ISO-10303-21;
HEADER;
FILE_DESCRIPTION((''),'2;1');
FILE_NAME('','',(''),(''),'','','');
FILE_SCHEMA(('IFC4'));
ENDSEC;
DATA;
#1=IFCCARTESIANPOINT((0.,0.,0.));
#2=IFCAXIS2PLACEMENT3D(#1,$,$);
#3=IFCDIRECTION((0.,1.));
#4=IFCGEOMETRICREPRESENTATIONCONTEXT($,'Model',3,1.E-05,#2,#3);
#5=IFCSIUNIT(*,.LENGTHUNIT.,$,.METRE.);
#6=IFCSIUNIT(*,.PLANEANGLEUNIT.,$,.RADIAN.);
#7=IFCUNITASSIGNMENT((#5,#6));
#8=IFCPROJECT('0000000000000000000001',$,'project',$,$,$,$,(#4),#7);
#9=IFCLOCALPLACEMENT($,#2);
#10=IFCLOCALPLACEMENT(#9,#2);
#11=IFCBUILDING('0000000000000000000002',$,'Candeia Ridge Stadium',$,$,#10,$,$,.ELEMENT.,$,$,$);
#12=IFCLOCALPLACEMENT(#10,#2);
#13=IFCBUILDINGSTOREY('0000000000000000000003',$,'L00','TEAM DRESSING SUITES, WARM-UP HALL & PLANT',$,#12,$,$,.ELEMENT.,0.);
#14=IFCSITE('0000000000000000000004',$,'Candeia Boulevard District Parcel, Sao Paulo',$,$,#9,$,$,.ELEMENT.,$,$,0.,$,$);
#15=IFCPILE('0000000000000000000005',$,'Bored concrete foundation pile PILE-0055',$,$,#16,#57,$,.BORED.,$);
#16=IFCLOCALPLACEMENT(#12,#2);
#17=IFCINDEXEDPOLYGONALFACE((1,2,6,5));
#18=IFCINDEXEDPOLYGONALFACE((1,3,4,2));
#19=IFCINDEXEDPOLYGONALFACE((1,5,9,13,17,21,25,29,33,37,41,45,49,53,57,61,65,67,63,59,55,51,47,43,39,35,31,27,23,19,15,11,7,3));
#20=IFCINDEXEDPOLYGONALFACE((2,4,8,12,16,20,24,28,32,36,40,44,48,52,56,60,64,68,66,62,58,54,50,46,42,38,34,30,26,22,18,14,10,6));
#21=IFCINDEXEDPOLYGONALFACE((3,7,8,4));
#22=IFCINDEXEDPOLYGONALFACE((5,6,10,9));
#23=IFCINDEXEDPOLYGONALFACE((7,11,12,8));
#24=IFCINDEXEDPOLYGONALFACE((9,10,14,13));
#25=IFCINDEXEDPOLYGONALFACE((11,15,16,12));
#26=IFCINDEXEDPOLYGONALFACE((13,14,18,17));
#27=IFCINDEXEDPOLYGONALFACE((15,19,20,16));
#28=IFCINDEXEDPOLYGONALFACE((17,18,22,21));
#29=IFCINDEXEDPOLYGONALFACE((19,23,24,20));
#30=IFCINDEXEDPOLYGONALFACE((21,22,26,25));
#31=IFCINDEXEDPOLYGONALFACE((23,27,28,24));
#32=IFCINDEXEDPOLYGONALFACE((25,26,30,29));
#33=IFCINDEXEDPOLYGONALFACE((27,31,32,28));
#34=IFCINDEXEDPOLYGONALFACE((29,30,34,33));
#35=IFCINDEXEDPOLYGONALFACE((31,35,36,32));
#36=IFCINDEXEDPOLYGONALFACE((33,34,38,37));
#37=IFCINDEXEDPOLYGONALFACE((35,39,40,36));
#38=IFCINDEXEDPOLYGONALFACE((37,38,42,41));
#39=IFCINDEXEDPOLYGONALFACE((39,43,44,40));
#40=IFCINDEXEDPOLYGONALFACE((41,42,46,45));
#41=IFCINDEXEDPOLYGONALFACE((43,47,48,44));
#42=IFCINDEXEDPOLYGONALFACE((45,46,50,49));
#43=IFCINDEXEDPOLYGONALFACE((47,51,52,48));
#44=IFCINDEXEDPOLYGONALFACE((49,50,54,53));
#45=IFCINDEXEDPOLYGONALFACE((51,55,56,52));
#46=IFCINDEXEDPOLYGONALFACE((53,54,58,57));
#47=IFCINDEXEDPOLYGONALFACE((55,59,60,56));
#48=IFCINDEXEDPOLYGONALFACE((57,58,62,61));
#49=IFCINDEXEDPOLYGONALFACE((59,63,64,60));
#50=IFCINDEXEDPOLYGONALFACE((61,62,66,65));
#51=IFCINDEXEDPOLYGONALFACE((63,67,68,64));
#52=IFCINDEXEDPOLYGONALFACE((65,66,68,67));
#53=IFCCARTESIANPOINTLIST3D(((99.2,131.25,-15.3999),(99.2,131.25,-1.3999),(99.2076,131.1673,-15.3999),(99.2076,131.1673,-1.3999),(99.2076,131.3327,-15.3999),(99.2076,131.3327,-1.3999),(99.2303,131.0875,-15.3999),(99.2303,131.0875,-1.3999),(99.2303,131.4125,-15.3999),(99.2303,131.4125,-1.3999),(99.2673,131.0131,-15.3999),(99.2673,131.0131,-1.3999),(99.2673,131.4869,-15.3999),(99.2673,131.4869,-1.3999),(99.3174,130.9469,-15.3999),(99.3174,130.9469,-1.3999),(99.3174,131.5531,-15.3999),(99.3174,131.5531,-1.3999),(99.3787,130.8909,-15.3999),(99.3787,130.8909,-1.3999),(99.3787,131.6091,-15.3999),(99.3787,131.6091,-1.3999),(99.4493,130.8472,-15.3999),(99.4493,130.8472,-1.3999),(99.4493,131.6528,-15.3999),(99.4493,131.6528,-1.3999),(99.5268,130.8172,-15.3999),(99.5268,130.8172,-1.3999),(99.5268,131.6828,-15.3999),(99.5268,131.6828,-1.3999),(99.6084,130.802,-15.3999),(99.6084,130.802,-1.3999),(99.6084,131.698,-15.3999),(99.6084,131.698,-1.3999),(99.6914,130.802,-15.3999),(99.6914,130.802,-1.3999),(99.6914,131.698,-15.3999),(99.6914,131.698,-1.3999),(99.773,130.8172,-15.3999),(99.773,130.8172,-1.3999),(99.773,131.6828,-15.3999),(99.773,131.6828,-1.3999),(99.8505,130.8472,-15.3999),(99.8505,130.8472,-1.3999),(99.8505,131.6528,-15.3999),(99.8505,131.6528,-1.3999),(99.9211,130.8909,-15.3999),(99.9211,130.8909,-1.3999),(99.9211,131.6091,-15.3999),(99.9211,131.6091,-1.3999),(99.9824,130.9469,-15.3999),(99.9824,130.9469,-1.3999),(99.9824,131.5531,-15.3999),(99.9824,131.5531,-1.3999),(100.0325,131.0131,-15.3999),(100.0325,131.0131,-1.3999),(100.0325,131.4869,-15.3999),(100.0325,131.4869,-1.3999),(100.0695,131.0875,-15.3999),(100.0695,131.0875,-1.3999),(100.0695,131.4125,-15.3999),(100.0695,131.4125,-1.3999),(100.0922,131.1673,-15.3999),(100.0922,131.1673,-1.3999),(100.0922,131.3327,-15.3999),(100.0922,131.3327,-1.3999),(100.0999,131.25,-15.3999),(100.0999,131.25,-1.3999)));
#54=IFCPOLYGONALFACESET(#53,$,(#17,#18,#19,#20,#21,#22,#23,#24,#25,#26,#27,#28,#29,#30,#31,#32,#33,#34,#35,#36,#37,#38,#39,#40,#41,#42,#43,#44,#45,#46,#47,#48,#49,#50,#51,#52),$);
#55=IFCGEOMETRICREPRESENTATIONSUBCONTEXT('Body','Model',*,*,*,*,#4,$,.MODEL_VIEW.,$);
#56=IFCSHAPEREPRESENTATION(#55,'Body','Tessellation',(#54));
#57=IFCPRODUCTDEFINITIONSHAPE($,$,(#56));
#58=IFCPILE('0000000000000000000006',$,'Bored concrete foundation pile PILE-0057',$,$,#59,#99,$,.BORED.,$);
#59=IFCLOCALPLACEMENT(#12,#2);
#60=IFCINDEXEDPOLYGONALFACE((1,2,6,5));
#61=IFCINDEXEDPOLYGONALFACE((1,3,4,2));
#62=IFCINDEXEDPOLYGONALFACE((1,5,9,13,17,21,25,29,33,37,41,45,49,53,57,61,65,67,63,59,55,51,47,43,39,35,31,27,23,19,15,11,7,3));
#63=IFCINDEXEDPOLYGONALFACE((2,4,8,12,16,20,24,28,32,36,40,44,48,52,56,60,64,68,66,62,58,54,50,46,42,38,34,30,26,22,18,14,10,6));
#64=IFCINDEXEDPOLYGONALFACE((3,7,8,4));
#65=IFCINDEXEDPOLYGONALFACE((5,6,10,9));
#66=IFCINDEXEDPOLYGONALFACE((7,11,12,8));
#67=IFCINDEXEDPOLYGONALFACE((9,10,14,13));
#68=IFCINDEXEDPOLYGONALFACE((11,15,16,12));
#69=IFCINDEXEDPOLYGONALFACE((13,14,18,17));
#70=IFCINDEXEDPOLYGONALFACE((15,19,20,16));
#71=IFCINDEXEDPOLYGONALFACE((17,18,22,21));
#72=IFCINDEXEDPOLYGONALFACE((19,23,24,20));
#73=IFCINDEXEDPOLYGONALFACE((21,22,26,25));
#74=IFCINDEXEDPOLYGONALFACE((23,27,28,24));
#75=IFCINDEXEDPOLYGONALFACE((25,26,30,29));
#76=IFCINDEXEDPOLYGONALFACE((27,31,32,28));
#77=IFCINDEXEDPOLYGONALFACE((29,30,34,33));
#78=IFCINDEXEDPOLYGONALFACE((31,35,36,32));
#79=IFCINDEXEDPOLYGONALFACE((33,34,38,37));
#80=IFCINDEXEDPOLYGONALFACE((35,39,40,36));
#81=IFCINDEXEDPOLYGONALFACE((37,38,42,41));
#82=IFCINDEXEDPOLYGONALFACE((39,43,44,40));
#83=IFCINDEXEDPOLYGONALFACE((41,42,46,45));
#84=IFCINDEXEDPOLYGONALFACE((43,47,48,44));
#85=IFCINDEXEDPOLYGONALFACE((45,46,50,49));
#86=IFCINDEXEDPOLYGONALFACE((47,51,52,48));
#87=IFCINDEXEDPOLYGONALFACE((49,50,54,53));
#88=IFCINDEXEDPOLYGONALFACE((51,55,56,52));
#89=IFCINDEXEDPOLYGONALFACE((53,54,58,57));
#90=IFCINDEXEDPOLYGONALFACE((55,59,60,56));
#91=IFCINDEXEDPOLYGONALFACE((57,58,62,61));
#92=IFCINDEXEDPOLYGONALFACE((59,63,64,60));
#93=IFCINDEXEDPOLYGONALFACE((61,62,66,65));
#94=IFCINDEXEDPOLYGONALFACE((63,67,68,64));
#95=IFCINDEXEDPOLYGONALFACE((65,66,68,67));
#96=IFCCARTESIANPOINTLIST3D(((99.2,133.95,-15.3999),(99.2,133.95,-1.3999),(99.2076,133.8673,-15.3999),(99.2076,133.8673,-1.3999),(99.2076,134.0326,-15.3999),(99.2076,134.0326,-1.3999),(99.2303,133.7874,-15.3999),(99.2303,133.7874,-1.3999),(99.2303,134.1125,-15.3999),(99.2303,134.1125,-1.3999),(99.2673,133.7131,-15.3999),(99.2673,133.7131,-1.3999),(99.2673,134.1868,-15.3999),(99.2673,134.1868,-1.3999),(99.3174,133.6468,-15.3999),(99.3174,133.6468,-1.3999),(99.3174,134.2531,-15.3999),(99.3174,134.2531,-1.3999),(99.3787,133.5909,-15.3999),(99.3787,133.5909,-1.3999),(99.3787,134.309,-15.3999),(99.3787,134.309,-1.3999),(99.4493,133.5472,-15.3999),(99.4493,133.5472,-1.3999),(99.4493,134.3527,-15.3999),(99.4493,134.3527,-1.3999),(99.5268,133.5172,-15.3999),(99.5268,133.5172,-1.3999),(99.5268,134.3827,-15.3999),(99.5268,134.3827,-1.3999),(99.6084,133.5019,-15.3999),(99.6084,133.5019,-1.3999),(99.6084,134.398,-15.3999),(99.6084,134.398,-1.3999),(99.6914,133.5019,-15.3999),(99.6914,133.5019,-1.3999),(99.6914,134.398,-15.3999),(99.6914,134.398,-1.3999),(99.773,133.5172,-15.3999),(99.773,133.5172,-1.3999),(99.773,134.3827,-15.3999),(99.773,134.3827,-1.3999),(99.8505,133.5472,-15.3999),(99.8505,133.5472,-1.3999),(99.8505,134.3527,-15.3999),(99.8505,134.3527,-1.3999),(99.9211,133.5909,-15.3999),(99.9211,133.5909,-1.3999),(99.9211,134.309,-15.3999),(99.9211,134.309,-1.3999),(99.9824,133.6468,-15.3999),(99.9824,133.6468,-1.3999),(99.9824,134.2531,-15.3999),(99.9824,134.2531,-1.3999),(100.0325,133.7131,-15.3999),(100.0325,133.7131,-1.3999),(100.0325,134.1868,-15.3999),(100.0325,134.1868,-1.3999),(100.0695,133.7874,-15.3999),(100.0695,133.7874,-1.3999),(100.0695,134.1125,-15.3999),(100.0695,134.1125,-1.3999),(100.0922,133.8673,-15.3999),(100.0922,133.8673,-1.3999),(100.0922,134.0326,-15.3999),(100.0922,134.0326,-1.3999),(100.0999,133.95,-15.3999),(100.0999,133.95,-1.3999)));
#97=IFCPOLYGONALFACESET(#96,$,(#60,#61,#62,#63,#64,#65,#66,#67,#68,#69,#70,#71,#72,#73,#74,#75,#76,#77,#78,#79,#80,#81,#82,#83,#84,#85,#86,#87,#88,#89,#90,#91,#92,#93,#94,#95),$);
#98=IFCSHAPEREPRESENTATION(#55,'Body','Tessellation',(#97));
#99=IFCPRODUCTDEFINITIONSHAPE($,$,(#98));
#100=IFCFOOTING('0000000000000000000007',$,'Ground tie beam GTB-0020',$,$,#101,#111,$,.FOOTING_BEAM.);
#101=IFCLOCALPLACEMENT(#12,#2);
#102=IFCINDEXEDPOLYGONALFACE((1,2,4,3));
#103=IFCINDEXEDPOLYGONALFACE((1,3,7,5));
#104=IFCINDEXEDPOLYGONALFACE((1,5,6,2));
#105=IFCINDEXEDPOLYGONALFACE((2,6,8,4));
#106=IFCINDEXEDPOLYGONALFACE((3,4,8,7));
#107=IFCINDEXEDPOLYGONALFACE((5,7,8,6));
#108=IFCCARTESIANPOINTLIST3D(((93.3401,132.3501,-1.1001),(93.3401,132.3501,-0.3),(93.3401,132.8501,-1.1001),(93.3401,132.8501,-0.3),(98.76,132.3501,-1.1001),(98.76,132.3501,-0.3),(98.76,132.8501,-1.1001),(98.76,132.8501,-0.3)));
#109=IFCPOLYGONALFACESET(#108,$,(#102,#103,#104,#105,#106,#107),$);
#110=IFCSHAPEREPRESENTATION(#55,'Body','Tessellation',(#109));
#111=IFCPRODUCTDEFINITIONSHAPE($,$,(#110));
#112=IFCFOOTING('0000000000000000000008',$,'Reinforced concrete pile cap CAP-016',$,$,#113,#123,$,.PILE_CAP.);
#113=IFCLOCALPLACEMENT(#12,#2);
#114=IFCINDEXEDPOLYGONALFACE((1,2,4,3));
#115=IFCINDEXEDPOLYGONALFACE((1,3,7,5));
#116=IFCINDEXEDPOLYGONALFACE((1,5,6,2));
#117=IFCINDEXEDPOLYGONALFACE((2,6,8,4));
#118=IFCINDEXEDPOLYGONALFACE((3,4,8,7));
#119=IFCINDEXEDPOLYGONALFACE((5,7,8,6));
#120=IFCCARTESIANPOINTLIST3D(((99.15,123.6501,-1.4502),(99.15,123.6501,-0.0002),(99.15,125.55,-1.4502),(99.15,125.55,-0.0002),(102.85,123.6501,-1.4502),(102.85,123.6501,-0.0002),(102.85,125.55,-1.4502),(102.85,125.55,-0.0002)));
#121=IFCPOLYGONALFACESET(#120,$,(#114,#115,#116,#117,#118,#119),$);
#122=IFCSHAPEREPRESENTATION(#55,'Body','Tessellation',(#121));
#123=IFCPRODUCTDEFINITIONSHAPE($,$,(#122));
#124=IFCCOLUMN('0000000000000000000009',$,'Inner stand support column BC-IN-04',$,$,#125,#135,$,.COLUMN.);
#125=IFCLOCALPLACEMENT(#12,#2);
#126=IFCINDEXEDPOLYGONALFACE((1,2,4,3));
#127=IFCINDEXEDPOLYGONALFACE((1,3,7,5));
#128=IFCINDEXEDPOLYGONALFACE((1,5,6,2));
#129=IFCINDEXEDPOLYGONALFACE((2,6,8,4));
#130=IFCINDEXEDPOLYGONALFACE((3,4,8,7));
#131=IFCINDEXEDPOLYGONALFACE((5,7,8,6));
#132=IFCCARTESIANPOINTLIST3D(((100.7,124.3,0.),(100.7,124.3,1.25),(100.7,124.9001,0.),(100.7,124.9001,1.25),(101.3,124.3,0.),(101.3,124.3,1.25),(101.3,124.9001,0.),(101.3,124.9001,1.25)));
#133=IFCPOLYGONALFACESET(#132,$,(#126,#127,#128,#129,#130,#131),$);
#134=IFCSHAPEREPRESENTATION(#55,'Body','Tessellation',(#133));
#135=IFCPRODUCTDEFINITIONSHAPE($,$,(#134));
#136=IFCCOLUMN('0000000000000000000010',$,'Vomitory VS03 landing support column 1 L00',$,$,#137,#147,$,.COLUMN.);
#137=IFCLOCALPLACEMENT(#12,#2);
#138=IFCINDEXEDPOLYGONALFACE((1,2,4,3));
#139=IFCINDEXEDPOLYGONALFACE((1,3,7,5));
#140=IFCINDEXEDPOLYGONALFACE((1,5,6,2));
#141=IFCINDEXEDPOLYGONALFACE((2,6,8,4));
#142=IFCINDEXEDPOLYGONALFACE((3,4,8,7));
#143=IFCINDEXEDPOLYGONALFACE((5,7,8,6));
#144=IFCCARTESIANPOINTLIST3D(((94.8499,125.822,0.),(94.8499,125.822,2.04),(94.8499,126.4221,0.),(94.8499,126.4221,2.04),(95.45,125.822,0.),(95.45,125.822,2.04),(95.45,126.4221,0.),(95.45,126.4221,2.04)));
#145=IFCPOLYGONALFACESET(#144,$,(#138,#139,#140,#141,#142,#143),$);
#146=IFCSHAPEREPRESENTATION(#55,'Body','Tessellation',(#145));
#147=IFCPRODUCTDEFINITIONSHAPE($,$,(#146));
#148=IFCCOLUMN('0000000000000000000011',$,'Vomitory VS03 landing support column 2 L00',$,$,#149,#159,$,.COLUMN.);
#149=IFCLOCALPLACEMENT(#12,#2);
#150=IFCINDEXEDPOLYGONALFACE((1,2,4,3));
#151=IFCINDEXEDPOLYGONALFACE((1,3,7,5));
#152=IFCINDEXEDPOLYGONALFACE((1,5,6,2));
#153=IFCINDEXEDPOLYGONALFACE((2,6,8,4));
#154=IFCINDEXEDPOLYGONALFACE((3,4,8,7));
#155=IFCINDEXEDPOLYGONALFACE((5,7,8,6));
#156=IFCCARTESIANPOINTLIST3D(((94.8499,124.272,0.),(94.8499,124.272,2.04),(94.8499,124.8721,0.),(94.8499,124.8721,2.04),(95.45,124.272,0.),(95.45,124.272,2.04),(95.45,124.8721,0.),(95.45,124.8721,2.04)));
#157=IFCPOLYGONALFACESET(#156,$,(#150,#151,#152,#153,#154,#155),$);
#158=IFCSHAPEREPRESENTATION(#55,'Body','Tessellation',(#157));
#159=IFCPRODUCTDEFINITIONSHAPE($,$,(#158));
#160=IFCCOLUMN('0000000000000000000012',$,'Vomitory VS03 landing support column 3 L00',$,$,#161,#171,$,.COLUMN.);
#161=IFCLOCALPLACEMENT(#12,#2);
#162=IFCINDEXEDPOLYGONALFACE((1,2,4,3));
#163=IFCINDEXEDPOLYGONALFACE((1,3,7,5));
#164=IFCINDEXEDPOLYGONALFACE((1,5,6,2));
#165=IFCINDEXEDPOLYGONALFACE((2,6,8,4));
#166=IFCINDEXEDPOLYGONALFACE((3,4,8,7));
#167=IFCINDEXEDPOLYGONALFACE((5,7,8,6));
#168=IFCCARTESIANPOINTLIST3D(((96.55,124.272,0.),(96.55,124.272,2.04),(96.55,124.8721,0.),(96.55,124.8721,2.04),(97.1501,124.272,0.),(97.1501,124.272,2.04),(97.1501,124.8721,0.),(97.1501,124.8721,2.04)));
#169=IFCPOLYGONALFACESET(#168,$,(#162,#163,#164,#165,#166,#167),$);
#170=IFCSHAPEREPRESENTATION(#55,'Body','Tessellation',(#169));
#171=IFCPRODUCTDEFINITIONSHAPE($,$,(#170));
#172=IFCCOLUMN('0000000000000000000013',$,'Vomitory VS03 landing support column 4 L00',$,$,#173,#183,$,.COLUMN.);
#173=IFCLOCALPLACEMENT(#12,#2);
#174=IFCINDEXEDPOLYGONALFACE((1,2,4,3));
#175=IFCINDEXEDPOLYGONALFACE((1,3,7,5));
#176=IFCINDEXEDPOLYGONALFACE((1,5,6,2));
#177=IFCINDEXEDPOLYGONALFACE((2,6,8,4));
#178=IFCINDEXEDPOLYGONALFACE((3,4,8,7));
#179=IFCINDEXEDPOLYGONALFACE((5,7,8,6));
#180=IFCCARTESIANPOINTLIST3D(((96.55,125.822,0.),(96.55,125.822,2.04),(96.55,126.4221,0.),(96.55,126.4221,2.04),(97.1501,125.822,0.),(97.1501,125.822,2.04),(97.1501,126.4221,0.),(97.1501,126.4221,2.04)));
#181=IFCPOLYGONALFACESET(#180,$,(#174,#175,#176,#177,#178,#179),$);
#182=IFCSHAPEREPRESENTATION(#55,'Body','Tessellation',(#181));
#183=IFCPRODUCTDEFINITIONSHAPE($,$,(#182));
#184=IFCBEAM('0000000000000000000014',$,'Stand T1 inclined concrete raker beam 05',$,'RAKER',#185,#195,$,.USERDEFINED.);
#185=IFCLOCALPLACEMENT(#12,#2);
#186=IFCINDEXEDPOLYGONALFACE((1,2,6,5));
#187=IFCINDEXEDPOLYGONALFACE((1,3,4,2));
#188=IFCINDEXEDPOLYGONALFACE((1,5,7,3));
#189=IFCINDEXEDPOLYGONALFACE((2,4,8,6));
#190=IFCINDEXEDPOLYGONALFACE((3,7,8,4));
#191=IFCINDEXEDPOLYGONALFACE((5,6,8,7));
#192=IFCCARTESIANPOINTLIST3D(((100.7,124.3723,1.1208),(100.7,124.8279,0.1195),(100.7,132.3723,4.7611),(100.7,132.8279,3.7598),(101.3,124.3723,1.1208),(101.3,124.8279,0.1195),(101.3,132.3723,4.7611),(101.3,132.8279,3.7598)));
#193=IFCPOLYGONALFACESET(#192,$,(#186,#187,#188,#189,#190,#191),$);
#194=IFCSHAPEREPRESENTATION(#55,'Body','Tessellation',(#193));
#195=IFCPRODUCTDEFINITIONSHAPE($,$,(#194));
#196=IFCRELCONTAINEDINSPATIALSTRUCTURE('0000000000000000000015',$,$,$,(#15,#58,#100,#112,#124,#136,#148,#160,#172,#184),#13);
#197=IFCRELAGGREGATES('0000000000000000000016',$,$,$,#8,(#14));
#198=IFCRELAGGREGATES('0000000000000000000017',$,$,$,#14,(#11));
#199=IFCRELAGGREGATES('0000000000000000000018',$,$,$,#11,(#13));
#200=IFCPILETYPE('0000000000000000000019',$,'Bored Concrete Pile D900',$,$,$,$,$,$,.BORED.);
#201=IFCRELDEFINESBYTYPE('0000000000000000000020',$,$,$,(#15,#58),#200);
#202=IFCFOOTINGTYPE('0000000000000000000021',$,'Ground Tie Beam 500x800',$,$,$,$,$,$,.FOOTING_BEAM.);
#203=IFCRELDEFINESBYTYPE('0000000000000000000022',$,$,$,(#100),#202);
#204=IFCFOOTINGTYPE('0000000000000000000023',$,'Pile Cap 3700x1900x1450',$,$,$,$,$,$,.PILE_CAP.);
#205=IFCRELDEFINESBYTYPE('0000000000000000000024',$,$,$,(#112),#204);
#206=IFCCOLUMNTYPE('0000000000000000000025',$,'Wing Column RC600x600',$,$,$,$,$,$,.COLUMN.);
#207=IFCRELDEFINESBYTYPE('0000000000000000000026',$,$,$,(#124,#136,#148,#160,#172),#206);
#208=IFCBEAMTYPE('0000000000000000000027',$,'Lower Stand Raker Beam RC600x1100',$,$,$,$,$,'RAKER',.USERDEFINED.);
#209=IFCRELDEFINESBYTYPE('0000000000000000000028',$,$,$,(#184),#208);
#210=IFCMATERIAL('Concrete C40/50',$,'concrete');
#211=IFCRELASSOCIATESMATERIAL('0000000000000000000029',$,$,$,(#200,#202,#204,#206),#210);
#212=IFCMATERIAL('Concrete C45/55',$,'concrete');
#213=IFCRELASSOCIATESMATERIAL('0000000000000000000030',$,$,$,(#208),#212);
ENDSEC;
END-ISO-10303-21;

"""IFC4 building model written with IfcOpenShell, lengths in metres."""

from ifc_helpers import new_model, si_unit, direction, frame, origin, origin_2d, place, context, subcontext, project, spatial, rectangle, circle, extrude, material, material_profile, profile_set, type_object, element, save


model = new_model("IFC4")

# Units and contexts
model_context = context("Model", 3, precision=1e-05, world=origin(), true_north=direction((0.0, 1.0)))
body_context = subcontext(model_context, "Body", "Model", "MODEL_VIEW")
ifc_project = project(units=[si_unit("LENGTHUNIT", "METRE"), si_unit("PLANEANGLEUNIT", "RADIAN")], contexts=[model_context])

# Site, building, storey
site_placement = place(None, origin())
site = spatial("IfcSite", under=ifc_project, at=site_placement, Name="Candeia Boulevard District Parcel, Sao Paulo", CompositionType="ELEMENT", RefElevation=0.0)
building_placement = place(site_placement, origin())
building = spatial("IfcBuilding", under=site, at=building_placement, Name="Candeia Ridge Stadium", CompositionType="ELEMENT")
storey_placement = place(building_placement, origin())
storey = spatial("IfcBuildingStorey", under=building, at=storey_placement, Name="L00", Description="TEAM DRESSING SUITES, WARM-UP HALL & PLANT", CompositionType="ELEMENT", Elevation=0.0)

# Piles
ifc_material_1 = material(Name="Concrete C40/50", Category="concrete")
ifc_material_profile_1 = material_profile(ifc_material_1, circle(Radius=0.45, at=origin_2d()), Name="PILE-D900", Category="concrete")
ifc_profile_set_1 = profile_set([ifc_material_profile_1], Name="Concrete C40/50")
pile_type_1 = type_object("IfcPileType", Name="Bored Concrete Pile D900", PredefinedType="BORED", material=ifc_profile_set_1)
for number, where, z_axis, x_axis, name in (
    (1, (99.6499, 131.25, -1.3999), (0.0, 0.0, -1.0), (1.0, 0.0, 0.0), "Bored concrete foundation pile PILE-0055"),
    (2, (99.6499, 133.95, -1.3999), (0.0, 0.0, -1.0), (1.0, 0.0, 0.0), "Bored concrete foundation pile PILE-0057"),
):
    element("IfcPile", number, at=place(storey_placement, frame(where, z_axis=z_axis, x_axis=x_axis)), inside=storey, type_object=pile_type_1, Name=name, PredefinedType="BORED", context=body_context, shape_type="SweptSolid", body=[
        extrude(circle(Radius=0.45, at=origin_2d()), origin(), (0.0, 0.0, 1.0), 14.0),
    ])

# Footings
footing_type_1 = type_object("IfcFootingType", Name="Ground Tie Beam 500x800", PredefinedType="FOOTING_BEAM", material=ifc_material_1)
footing_1_placement = place(storey_placement, frame((96.05, 132.6001, -1.1001), z_axis=(0.0, 0.0, 1.0), x_axis=(-1.0, 0.0, 0.0)))
element("IfcFooting", 3, at=footing_1_placement, inside=storey, type_object=footing_type_1, Name="Ground tie beam GTB-0020", PredefinedType="FOOTING_BEAM", context=body_context, shape_type="SweptSolid", body=[
    extrude(rectangle(XDim=5.4199, YDim=0.5, at=origin_2d()), origin(), (0.0, 0.0, 1.0), 0.8),
])
footing_type_2 = type_object("IfcFootingType", Name="Pile Cap 3700x1900x1450", PredefinedType="PILE_CAP", material=ifc_material_1)
footing_2_placement = place(storey_placement, frame((101.0, 124.6001, -1.4502), z_axis=(0.0, 0.0, 1.0), x_axis=(1.0, 0.0, 0.0)))
element("IfcFooting", 4, at=footing_2_placement, inside=storey, type_object=footing_type_2, Name="Reinforced concrete pile cap CAP-016", PredefinedType="PILE_CAP", context=body_context, shape_type="SweptSolid", body=[
    extrude(rectangle(XDim=3.7, YDim=1.8999, at=origin_2d()), origin(), (0.0, 0.0, 1.0), 1.45),
])

# Columns
ifc_material_profile_2 = material_profile(ifc_material_1, rectangle(XDim=0.6001, YDim=0.6001, at=origin_2d()), Name="RC600x600", Category="concrete")
ifc_profile_set_2 = profile_set([ifc_material_profile_2], Name="Concrete C40/50")
column_type = type_object("IfcColumnType", Name="Wing Column RC600x600", PredefinedType="COLUMN", material=ifc_profile_set_2)
column_placement = place(storey_placement, frame((101.0, 124.6001, 0.0), z_axis=(0.0, 0.0, 1.0), x_axis=(1.0, 0.0, 0.0)))
element("IfcColumn", 5, at=column_placement, inside=storey, type_object=column_type, Name="Inner stand support column BC-IN-04", PredefinedType="COLUMN", context=body_context, shape_type="SweptSolid", body=[
    extrude(rectangle(XDim=0.6001, YDim=0.6001, at=origin_2d()), origin(), (0.0, 0.0, 1.0), 1.25),
])
for number, where, z_axis, x_axis, name in (
    (6, (95.1499, 126.1221, 0.0), (0.0, 0.0, 1.0), (1.0, 0.0, 0.0), "Vomitory VS03 landing support column 1 L00"),
    (7, (95.1499, 124.572, 0.0), (0.0, 0.0, 1.0), (1.0, 0.0, 0.0), "Vomitory VS03 landing support column 2 L00"),
    (8, (96.8501, 124.572, 0.0), (0.0, 0.0, 1.0), (1.0, 0.0, 0.0), "Vomitory VS03 landing support column 3 L00"),
    (9, (96.8501, 126.1221, 0.0), (0.0, 0.0, 1.0), (1.0, 0.0, 0.0), "Vomitory VS03 landing support column 4 L00"),
):
    element("IfcColumn", number, at=place(storey_placement, frame(where, z_axis=z_axis, x_axis=x_axis)), inside=storey, type_object=column_type, Name=name, PredefinedType="COLUMN", context=body_context, shape_type="SweptSolid", body=[
        extrude(rectangle(XDim=0.6001, YDim=0.6001, at=origin_2d()), origin(), (0.0, 0.0, 1.0), 2.04),
    ])

# Beam
ifc_material_2 = material(Name="Concrete C45/55", Category="concrete")
ifc_material_profile_3 = material_profile(ifc_material_2, rectangle(XDim=0.6001, YDim=1.1001, at=origin_2d()), Name="RC600x1100", Category="concrete")
ifc_profile_set_3 = profile_set([ifc_material_profile_3], Name="Concrete C45/55")
beam_type_1 = type_object("IfcBeamType", Name="Lower Stand Raker Beam RC600x1100", ElementType="RAKER", PredefinedType="USERDEFINED", material=ifc_profile_set_3)
beam_1_placement = place(storey_placement, frame((101.0, 124.6001, 0.6201), z_axis=(0.0, 0.910194, 0.414182), x_axis=(-1.0, 0.0, 0.0)))
element("IfcBeam", 10, at=beam_1_placement, inside=storey, type_object=beam_type_1, Name="Stand T1 inclined concrete raker beam 05", ObjectType="RAKER", PredefinedType="USERDEFINED", context=body_context, shape_type="SweptSolid", body=[
    extrude(rectangle(XDim=0.6001, YDim=1.1001, at=origin_2d()), origin(), (0.0, 0.0, 1.0), 8.7893),
])

save(model, "model.ifc")
